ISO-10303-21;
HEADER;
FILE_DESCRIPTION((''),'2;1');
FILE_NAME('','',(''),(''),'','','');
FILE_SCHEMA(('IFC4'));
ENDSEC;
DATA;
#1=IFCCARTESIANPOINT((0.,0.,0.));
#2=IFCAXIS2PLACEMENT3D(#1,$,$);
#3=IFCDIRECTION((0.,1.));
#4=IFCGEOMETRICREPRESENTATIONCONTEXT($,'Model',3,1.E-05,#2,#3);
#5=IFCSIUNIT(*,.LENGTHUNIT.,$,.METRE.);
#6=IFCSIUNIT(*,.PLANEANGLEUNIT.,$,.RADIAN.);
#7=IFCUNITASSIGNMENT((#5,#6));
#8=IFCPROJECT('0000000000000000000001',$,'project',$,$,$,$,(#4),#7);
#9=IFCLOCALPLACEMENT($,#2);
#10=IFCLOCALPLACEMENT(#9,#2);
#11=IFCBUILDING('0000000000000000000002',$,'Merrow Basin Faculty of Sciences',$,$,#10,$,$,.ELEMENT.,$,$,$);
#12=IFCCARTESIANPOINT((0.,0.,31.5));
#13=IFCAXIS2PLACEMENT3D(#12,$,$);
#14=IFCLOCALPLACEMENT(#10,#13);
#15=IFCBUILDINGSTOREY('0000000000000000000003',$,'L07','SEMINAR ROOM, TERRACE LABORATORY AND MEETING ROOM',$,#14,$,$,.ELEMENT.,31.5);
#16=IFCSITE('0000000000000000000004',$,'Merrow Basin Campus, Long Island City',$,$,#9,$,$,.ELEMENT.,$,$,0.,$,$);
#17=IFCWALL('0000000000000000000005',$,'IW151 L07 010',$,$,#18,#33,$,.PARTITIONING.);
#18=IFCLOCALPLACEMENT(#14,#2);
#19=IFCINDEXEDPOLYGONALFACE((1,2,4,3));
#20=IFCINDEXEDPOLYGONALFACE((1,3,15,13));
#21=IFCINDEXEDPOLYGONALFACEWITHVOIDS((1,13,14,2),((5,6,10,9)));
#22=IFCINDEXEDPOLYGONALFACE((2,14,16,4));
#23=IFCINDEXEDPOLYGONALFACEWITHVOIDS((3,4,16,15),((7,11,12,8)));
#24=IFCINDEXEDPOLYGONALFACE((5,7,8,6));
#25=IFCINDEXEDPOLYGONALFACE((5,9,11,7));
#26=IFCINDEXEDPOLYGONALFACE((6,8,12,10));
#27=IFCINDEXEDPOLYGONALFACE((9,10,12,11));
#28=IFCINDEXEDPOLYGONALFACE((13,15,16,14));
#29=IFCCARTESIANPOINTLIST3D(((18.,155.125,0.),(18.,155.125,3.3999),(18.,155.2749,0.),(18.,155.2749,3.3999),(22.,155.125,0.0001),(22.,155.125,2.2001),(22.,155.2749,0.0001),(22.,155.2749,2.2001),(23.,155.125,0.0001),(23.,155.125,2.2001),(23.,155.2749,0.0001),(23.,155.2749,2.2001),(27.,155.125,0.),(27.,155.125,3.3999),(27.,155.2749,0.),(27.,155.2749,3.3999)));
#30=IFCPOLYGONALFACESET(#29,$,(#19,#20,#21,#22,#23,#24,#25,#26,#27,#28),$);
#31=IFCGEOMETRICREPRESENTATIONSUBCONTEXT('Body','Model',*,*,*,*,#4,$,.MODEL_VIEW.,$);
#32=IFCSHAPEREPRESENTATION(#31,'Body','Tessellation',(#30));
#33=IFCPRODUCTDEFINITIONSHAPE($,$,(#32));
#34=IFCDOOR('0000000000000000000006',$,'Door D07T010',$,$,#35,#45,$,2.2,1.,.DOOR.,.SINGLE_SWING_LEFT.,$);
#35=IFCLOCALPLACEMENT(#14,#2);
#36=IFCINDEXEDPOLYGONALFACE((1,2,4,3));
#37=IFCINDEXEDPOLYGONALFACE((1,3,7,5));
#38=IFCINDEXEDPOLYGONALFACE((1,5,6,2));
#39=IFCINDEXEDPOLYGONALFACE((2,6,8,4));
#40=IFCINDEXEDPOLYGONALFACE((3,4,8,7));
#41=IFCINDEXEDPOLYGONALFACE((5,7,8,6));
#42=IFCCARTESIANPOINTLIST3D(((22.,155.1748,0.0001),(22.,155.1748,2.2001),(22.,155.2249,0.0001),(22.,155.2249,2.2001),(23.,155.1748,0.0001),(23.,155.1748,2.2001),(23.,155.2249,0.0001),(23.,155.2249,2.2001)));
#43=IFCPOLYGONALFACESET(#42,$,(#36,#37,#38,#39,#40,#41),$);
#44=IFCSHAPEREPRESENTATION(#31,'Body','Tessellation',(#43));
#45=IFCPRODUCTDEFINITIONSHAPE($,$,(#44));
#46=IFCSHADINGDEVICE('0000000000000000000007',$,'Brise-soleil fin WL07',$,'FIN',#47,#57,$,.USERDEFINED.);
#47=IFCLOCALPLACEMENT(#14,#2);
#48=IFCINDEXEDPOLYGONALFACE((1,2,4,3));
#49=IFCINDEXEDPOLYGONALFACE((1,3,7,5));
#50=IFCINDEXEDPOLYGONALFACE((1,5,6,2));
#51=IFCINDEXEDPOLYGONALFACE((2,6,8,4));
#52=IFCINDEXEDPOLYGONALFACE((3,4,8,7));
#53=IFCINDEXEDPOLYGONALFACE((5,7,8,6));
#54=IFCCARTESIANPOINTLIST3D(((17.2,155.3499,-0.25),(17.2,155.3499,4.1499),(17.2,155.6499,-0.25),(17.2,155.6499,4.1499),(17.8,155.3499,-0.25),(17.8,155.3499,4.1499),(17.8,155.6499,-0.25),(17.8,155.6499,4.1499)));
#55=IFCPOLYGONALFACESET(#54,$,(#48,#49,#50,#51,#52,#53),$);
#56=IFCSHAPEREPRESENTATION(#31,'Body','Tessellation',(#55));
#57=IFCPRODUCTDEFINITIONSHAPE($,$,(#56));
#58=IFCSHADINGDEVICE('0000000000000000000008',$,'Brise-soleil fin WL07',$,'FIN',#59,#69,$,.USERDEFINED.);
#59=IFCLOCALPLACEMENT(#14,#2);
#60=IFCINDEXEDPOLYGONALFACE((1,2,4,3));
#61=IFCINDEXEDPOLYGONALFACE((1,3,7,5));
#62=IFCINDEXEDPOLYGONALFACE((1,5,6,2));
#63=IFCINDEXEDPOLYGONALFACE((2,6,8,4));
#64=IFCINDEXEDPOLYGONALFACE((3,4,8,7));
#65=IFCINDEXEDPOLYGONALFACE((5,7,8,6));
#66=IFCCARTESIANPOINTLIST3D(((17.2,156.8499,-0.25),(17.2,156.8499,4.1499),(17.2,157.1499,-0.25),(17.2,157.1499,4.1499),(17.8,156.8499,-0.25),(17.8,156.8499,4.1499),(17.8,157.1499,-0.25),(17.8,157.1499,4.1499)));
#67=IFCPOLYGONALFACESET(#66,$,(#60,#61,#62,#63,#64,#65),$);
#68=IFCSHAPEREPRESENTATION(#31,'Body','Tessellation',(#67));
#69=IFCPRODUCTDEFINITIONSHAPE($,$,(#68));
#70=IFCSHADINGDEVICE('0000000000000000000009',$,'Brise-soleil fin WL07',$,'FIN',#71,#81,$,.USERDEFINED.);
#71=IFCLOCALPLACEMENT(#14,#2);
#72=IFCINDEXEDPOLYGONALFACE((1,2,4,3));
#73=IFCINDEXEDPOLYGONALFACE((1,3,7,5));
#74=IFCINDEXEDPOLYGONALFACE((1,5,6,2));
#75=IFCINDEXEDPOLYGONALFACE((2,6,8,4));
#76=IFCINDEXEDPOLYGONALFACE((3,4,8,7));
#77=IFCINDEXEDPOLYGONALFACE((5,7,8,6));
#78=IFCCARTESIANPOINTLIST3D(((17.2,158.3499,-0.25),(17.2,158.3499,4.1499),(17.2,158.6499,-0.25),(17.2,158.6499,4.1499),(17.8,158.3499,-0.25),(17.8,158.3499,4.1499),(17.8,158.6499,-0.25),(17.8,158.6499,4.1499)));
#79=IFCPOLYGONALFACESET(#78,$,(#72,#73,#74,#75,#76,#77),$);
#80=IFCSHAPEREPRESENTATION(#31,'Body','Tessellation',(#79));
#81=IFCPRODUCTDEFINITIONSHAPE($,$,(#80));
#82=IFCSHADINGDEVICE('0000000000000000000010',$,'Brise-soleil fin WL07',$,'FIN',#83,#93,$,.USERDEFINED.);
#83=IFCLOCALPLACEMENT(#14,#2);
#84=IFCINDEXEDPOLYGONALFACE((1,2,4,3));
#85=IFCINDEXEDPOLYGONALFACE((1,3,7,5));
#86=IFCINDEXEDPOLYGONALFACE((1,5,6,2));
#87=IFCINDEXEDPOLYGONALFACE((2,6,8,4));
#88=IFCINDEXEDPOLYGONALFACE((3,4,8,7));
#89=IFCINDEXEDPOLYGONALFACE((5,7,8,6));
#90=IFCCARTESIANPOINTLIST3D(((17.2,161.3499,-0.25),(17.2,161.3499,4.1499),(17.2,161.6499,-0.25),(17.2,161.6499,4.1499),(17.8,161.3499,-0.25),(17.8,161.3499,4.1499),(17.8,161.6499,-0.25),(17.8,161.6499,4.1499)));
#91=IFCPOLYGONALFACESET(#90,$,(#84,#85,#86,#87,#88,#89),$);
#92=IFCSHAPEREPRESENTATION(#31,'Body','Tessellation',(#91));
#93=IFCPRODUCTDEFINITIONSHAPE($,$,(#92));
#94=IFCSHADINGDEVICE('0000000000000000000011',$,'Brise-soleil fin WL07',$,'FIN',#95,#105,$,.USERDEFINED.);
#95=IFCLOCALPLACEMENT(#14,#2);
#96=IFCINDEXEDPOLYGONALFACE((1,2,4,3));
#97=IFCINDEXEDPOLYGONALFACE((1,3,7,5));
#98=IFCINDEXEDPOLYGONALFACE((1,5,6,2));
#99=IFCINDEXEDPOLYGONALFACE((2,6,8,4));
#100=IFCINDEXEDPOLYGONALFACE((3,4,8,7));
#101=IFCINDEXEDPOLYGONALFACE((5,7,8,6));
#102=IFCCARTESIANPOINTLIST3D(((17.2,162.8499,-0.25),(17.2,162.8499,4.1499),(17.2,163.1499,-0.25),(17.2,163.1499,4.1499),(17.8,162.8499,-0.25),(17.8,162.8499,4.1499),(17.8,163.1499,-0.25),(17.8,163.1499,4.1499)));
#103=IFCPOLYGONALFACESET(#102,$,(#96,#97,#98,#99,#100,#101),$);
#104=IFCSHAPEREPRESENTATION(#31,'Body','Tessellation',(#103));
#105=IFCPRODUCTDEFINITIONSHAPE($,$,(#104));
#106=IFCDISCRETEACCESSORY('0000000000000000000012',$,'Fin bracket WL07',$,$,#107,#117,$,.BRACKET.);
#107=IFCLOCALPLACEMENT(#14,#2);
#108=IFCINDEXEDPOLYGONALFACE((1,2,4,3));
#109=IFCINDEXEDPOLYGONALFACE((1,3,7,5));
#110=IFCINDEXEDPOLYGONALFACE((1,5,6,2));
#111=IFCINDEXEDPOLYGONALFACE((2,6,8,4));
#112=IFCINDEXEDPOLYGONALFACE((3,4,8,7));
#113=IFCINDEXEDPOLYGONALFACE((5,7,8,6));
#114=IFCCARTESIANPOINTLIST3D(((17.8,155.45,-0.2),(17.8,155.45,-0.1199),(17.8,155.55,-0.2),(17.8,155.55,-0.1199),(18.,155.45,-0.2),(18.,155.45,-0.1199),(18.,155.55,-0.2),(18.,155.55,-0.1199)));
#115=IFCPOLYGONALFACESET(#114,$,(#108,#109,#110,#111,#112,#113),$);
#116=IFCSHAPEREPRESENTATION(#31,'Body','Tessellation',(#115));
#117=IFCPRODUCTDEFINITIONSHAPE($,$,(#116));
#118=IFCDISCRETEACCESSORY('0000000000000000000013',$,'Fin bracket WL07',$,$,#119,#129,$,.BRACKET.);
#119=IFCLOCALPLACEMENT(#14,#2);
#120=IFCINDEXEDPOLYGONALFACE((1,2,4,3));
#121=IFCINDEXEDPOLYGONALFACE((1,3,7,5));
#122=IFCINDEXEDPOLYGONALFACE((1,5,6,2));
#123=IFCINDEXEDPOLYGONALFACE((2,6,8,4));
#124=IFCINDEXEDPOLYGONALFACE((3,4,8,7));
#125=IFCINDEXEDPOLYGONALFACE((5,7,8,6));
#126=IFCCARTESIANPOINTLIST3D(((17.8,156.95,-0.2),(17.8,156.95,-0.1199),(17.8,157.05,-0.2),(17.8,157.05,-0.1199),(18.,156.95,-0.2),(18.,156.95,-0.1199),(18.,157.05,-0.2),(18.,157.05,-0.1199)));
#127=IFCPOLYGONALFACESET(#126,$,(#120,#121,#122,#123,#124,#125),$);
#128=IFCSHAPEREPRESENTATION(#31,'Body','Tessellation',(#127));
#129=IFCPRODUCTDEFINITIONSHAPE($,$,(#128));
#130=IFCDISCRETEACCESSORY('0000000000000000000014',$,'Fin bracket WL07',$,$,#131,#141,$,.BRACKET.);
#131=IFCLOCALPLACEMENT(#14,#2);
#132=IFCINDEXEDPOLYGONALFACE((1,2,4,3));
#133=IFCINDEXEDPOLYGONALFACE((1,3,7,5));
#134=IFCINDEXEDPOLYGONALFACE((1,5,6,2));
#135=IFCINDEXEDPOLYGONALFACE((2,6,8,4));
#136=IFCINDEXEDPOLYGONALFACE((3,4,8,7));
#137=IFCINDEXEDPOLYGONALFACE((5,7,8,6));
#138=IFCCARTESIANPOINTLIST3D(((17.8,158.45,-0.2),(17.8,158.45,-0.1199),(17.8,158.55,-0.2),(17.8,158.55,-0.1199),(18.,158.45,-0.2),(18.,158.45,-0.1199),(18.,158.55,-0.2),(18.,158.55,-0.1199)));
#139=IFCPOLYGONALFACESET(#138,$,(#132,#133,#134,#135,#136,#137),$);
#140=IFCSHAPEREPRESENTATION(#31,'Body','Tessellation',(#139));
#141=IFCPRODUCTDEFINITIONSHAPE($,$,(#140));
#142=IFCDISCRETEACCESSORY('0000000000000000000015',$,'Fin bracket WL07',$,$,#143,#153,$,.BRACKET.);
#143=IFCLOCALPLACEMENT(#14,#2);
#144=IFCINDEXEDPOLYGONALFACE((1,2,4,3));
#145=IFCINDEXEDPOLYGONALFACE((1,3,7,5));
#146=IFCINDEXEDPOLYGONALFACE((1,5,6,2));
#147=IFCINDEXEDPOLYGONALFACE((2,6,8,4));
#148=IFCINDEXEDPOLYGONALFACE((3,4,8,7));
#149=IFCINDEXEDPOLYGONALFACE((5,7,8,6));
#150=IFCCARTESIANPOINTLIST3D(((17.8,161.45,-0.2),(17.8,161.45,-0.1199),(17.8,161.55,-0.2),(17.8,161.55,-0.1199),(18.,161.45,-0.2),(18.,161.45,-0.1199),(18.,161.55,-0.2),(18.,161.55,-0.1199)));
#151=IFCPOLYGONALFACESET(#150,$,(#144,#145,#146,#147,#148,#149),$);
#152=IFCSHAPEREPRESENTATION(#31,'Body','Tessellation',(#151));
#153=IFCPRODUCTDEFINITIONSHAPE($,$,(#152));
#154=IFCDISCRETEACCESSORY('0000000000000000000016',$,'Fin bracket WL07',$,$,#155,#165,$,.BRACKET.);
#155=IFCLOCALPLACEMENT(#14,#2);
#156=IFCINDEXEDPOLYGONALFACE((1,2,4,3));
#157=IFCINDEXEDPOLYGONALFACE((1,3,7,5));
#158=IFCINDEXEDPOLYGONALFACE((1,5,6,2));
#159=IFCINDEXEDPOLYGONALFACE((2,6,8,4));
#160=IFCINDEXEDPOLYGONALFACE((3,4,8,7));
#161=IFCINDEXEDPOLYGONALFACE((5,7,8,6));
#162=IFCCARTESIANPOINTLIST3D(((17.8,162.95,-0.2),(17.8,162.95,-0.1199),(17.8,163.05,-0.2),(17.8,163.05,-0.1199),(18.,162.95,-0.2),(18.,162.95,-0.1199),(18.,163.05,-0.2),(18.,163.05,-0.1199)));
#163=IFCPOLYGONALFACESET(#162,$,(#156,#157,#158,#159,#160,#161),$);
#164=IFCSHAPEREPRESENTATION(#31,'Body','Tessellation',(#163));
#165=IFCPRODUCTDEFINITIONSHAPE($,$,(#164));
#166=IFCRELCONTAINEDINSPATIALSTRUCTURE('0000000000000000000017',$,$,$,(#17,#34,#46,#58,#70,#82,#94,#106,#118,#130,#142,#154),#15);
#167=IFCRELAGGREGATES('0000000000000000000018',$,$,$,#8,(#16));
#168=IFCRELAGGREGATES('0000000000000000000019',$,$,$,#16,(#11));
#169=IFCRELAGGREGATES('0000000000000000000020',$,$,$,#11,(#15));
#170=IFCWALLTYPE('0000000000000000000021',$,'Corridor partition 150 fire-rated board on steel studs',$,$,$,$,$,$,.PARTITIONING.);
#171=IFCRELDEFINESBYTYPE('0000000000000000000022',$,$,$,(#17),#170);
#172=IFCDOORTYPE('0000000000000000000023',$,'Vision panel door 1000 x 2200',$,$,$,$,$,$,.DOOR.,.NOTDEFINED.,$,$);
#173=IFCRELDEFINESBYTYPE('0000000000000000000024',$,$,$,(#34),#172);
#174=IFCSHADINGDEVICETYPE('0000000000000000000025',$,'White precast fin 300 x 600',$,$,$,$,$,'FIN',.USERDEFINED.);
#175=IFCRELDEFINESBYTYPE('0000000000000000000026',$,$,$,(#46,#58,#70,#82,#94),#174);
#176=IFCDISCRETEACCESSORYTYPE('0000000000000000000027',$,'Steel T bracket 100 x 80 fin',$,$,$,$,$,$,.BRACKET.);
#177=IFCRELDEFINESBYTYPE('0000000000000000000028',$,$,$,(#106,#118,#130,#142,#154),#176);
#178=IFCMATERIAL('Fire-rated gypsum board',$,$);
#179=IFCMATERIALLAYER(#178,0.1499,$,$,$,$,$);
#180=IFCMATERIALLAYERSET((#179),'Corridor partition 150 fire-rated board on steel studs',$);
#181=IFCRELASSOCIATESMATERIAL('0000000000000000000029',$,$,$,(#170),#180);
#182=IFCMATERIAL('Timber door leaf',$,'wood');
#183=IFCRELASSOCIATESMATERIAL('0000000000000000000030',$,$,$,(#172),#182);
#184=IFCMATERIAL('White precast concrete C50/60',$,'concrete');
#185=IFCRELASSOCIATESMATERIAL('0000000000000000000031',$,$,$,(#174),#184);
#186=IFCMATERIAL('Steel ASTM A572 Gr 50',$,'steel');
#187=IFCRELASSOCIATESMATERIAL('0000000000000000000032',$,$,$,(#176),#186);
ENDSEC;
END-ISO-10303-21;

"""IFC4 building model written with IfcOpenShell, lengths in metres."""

from ifc_helpers import new_model, si_unit, direction, frame, frame_2d, origin, place, context, subcontext, project, spatial, polyline, rectangle, outline, extrude, source, transform, mapped, material, layer, layer_set, type_object, element, fill, save


model = new_model("IFC4")

# Units and contexts
model_context = context("Model", 3, precision=1e-05, world=origin(), true_north=direction((0.0, 1.0)))
body_context = subcontext(model_context, "Body", "Model", "MODEL_VIEW")
ifc_project = project(units=[si_unit("LENGTHUNIT", "METRE"), si_unit("PLANEANGLEUNIT", "RADIAN")], contexts=[model_context])

# Site, building, storey
site_placement = place(None, origin())
site = spatial("IfcSite", under=ifc_project, at=site_placement, Name="Merrow Basin Campus, Long Island City", CompositionType="ELEMENT", RefElevation=0.0)
building_placement = place(site_placement, origin())
building = spatial("IfcBuilding", under=site, at=building_placement, Name="Merrow Basin Faculty of Sciences", CompositionType="ELEMENT")
storey_placement = place(building_placement, frame((0.0, 0.0, 31.5)))
storey = spatial("IfcBuildingStorey", under=building, at=storey_placement, Name="L07", Description="SEMINAR ROOM, TERRACE LABORATORY AND MEETING ROOM", CompositionType="ELEMENT", Elevation=31.5)

# Wall, opening, door
ifc_material_1 = material(Name="Fire-rated gypsum board")
ifc_layer_1 = layer(ifc_material_1, 0.1499)
ifc_layer_set_1 = layer_set([ifc_layer_1], Name="Corridor partition 150 fire-rated board on steel studs")
wall_type = type_object("IfcWallType", Name="Corridor partition 150 fire-rated board on steel studs", PredefinedType="PARTITIONING", material=ifc_layer_set_1)
wall_placement = place(storey_placement, frame((18.0, 155.2, 0.0), z_axis=(0.0, 0.0, 1.0), x_axis=(1.0, 0.0, 0.0)))
wall = element("IfcWall", 1, at=wall_placement, inside=storey, type_object=wall_type, Name="IW151 L07 010", PredefinedType="PARTITIONING", context=body_context, shape_type="SweptSolid", body=[
    extrude(rectangle(XDim=9.0, YDim=0.1499, at=frame_2d((4.5, 0.0))), origin(), (0.0, 0.0, 1.0), 3.3999),
])
opening_placement = place(wall_placement, frame((4.0, 0.0, 0.0)))
opening = element("IfcOpeningElement", 2, at=opening_placement, cuts=wall, PredefinedType="OPENING", context=body_context, shape_type="SweptSolid", body=[
    extrude(rectangle(XDim=1.0, YDim=2.2, at=frame_2d((0.5, 1.1001))), frame((0.0, 0.085, 0.0), z_axis=(0.0, -1.0, 0.0), x_axis=(1.0, 0.0, 0.0)), (0.0, 0.0, 1.0), 0.1699),
])
ifc_material_2 = material(Name="Timber door leaf", Category="wood")
door_type = type_object("IfcDoorType", Name="Vision panel door 1000 x 2200", OperationType="NOTDEFINED", PredefinedType="DOOR", material=ifc_material_2)
door_placement = place(opening_placement, origin())
door = element("IfcDoor", 3, at=door_placement, inside=storey, type_object=door_type, Name="Door D07T010", OperationType="SINGLE_SWING_LEFT", OverallHeight=2.2, OverallWidth=1.0, PredefinedType="DOOR", context=body_context, shape_type="SweptSolid", body=[
    extrude(rectangle(XDim=1.0, YDim=2.2, at=frame_2d((0.5, 1.1001))), frame((0.0, 0.0249, 0.0), z_axis=(0.0, -1.0, 0.0), x_axis=(1.0, 0.0, 0.0)), (0.0, 0.0, 1.0), 0.05),
])
fill(opening, door)

# Shading devices
ifc_material_3 = material(Name="White precast concrete C50/60", Category="concrete")
shading_device_type = type_object("IfcShadingDeviceType", Name="White precast fin 300 x 600", ElementType="FIN", PredefinedType="USERDEFINED", material=ifc_material_3)
shared_shape_1 = source(origin(), body_context, "Body", "SweptSolid", [
    extrude(outline(polyline([(0.0, 0.0), (0.3, 0.0), (0.3, 4.3999), (0.0, 4.3999), (0.0, 0.0)])), origin(), (0.0, 0.0, 1.0), 0.6001),
])
for number, where, z_axis, x_axis, name in (
    (4, (17.8, 155.6499, -0.25), (-1.0, 0.0, 0.0), (0.0, -1.0, 0.0), "Brise-soleil fin WL07"),
    (5, (17.8, 157.1499, -0.25), (-1.0, 0.0, 0.0), (0.0, -1.0, 0.0), "Brise-soleil fin WL07"),
    (6, (17.8, 158.6499, -0.25), (-1.0, 0.0, 0.0), (0.0, -1.0, 0.0), "Brise-soleil fin WL07"),
    (7, (17.8, 161.6499, -0.25), (-1.0, 0.0, 0.0), (0.0, -1.0, 0.0), "Brise-soleil fin WL07"),
    (8, (17.8, 163.1499, -0.25), (-1.0, 0.0, 0.0), (0.0, -1.0, 0.0), "Brise-soleil fin WL07"),
):
    element("IfcShadingDevice", number, at=place(storey_placement, frame(where, z_axis=z_axis, x_axis=x_axis)), inside=storey, type_object=shading_device_type, Name=name, ObjectType="FIN", PredefinedType="USERDEFINED", context=body_context, shape_type="MappedRepresentation", body=[
        mapped(shared_shape_1, transform((0.0, 0.0, 0.0), scale=1.0)),
    ])

# Discrete accessories
ifc_material_4 = material(Name="Steel ASTM A572 Gr 50", Category="steel")
discrete_accessory_type = type_object("IfcDiscreteAccessoryType", Name="Steel T bracket 100 x 80 fin", PredefinedType="BRACKET", material=ifc_material_4)
shared_shape_2 = source(origin(), body_context, "Body", "SweptSolid", [
    extrude(outline(polyline([(0.0, 0.0), (0.1001, 0.0), (0.1001, 0.0801), (0.0, 0.0801), (0.0, 0.0)])), origin(), (0.0, 0.0, 1.0), 0.2),
])
for number, where, z_axis, x_axis, name in (
    (9, (18.0, 155.55, -0.2), (-1.0, 0.0, 0.0), (0.0, -1.0, 0.0), "Fin bracket WL07"),
    (10, (18.0, 157.05, -0.2), (-1.0, 0.0, 0.0), (0.0, -1.0, 0.0), "Fin bracket WL07"),
    (11, (18.0, 158.55, -0.2), (-1.0, 0.0, 0.0), (0.0, -1.0, 0.0), "Fin bracket WL07"),
    (12, (18.0, 161.55, -0.2), (-1.0, 0.0, 0.0), (0.0, -1.0, 0.0), "Fin bracket WL07"),
    (13, (18.0, 163.05, -0.2), (-1.0, 0.0, 0.0), (0.0, -1.0, 0.0), "Fin bracket WL07"),
):
    element("IfcDiscreteAccessory", number, at=place(storey_placement, frame(where, z_axis=z_axis, x_axis=x_axis)), inside=storey, type_object=discrete_accessory_type, Name=name, PredefinedType="BRACKET", context=body_context, shape_type="MappedRepresentation", body=[
        mapped(shared_shape_2, transform((0.0, 0.0, 0.0), scale=1.0)),
    ])

save(model, "model.ifc")
